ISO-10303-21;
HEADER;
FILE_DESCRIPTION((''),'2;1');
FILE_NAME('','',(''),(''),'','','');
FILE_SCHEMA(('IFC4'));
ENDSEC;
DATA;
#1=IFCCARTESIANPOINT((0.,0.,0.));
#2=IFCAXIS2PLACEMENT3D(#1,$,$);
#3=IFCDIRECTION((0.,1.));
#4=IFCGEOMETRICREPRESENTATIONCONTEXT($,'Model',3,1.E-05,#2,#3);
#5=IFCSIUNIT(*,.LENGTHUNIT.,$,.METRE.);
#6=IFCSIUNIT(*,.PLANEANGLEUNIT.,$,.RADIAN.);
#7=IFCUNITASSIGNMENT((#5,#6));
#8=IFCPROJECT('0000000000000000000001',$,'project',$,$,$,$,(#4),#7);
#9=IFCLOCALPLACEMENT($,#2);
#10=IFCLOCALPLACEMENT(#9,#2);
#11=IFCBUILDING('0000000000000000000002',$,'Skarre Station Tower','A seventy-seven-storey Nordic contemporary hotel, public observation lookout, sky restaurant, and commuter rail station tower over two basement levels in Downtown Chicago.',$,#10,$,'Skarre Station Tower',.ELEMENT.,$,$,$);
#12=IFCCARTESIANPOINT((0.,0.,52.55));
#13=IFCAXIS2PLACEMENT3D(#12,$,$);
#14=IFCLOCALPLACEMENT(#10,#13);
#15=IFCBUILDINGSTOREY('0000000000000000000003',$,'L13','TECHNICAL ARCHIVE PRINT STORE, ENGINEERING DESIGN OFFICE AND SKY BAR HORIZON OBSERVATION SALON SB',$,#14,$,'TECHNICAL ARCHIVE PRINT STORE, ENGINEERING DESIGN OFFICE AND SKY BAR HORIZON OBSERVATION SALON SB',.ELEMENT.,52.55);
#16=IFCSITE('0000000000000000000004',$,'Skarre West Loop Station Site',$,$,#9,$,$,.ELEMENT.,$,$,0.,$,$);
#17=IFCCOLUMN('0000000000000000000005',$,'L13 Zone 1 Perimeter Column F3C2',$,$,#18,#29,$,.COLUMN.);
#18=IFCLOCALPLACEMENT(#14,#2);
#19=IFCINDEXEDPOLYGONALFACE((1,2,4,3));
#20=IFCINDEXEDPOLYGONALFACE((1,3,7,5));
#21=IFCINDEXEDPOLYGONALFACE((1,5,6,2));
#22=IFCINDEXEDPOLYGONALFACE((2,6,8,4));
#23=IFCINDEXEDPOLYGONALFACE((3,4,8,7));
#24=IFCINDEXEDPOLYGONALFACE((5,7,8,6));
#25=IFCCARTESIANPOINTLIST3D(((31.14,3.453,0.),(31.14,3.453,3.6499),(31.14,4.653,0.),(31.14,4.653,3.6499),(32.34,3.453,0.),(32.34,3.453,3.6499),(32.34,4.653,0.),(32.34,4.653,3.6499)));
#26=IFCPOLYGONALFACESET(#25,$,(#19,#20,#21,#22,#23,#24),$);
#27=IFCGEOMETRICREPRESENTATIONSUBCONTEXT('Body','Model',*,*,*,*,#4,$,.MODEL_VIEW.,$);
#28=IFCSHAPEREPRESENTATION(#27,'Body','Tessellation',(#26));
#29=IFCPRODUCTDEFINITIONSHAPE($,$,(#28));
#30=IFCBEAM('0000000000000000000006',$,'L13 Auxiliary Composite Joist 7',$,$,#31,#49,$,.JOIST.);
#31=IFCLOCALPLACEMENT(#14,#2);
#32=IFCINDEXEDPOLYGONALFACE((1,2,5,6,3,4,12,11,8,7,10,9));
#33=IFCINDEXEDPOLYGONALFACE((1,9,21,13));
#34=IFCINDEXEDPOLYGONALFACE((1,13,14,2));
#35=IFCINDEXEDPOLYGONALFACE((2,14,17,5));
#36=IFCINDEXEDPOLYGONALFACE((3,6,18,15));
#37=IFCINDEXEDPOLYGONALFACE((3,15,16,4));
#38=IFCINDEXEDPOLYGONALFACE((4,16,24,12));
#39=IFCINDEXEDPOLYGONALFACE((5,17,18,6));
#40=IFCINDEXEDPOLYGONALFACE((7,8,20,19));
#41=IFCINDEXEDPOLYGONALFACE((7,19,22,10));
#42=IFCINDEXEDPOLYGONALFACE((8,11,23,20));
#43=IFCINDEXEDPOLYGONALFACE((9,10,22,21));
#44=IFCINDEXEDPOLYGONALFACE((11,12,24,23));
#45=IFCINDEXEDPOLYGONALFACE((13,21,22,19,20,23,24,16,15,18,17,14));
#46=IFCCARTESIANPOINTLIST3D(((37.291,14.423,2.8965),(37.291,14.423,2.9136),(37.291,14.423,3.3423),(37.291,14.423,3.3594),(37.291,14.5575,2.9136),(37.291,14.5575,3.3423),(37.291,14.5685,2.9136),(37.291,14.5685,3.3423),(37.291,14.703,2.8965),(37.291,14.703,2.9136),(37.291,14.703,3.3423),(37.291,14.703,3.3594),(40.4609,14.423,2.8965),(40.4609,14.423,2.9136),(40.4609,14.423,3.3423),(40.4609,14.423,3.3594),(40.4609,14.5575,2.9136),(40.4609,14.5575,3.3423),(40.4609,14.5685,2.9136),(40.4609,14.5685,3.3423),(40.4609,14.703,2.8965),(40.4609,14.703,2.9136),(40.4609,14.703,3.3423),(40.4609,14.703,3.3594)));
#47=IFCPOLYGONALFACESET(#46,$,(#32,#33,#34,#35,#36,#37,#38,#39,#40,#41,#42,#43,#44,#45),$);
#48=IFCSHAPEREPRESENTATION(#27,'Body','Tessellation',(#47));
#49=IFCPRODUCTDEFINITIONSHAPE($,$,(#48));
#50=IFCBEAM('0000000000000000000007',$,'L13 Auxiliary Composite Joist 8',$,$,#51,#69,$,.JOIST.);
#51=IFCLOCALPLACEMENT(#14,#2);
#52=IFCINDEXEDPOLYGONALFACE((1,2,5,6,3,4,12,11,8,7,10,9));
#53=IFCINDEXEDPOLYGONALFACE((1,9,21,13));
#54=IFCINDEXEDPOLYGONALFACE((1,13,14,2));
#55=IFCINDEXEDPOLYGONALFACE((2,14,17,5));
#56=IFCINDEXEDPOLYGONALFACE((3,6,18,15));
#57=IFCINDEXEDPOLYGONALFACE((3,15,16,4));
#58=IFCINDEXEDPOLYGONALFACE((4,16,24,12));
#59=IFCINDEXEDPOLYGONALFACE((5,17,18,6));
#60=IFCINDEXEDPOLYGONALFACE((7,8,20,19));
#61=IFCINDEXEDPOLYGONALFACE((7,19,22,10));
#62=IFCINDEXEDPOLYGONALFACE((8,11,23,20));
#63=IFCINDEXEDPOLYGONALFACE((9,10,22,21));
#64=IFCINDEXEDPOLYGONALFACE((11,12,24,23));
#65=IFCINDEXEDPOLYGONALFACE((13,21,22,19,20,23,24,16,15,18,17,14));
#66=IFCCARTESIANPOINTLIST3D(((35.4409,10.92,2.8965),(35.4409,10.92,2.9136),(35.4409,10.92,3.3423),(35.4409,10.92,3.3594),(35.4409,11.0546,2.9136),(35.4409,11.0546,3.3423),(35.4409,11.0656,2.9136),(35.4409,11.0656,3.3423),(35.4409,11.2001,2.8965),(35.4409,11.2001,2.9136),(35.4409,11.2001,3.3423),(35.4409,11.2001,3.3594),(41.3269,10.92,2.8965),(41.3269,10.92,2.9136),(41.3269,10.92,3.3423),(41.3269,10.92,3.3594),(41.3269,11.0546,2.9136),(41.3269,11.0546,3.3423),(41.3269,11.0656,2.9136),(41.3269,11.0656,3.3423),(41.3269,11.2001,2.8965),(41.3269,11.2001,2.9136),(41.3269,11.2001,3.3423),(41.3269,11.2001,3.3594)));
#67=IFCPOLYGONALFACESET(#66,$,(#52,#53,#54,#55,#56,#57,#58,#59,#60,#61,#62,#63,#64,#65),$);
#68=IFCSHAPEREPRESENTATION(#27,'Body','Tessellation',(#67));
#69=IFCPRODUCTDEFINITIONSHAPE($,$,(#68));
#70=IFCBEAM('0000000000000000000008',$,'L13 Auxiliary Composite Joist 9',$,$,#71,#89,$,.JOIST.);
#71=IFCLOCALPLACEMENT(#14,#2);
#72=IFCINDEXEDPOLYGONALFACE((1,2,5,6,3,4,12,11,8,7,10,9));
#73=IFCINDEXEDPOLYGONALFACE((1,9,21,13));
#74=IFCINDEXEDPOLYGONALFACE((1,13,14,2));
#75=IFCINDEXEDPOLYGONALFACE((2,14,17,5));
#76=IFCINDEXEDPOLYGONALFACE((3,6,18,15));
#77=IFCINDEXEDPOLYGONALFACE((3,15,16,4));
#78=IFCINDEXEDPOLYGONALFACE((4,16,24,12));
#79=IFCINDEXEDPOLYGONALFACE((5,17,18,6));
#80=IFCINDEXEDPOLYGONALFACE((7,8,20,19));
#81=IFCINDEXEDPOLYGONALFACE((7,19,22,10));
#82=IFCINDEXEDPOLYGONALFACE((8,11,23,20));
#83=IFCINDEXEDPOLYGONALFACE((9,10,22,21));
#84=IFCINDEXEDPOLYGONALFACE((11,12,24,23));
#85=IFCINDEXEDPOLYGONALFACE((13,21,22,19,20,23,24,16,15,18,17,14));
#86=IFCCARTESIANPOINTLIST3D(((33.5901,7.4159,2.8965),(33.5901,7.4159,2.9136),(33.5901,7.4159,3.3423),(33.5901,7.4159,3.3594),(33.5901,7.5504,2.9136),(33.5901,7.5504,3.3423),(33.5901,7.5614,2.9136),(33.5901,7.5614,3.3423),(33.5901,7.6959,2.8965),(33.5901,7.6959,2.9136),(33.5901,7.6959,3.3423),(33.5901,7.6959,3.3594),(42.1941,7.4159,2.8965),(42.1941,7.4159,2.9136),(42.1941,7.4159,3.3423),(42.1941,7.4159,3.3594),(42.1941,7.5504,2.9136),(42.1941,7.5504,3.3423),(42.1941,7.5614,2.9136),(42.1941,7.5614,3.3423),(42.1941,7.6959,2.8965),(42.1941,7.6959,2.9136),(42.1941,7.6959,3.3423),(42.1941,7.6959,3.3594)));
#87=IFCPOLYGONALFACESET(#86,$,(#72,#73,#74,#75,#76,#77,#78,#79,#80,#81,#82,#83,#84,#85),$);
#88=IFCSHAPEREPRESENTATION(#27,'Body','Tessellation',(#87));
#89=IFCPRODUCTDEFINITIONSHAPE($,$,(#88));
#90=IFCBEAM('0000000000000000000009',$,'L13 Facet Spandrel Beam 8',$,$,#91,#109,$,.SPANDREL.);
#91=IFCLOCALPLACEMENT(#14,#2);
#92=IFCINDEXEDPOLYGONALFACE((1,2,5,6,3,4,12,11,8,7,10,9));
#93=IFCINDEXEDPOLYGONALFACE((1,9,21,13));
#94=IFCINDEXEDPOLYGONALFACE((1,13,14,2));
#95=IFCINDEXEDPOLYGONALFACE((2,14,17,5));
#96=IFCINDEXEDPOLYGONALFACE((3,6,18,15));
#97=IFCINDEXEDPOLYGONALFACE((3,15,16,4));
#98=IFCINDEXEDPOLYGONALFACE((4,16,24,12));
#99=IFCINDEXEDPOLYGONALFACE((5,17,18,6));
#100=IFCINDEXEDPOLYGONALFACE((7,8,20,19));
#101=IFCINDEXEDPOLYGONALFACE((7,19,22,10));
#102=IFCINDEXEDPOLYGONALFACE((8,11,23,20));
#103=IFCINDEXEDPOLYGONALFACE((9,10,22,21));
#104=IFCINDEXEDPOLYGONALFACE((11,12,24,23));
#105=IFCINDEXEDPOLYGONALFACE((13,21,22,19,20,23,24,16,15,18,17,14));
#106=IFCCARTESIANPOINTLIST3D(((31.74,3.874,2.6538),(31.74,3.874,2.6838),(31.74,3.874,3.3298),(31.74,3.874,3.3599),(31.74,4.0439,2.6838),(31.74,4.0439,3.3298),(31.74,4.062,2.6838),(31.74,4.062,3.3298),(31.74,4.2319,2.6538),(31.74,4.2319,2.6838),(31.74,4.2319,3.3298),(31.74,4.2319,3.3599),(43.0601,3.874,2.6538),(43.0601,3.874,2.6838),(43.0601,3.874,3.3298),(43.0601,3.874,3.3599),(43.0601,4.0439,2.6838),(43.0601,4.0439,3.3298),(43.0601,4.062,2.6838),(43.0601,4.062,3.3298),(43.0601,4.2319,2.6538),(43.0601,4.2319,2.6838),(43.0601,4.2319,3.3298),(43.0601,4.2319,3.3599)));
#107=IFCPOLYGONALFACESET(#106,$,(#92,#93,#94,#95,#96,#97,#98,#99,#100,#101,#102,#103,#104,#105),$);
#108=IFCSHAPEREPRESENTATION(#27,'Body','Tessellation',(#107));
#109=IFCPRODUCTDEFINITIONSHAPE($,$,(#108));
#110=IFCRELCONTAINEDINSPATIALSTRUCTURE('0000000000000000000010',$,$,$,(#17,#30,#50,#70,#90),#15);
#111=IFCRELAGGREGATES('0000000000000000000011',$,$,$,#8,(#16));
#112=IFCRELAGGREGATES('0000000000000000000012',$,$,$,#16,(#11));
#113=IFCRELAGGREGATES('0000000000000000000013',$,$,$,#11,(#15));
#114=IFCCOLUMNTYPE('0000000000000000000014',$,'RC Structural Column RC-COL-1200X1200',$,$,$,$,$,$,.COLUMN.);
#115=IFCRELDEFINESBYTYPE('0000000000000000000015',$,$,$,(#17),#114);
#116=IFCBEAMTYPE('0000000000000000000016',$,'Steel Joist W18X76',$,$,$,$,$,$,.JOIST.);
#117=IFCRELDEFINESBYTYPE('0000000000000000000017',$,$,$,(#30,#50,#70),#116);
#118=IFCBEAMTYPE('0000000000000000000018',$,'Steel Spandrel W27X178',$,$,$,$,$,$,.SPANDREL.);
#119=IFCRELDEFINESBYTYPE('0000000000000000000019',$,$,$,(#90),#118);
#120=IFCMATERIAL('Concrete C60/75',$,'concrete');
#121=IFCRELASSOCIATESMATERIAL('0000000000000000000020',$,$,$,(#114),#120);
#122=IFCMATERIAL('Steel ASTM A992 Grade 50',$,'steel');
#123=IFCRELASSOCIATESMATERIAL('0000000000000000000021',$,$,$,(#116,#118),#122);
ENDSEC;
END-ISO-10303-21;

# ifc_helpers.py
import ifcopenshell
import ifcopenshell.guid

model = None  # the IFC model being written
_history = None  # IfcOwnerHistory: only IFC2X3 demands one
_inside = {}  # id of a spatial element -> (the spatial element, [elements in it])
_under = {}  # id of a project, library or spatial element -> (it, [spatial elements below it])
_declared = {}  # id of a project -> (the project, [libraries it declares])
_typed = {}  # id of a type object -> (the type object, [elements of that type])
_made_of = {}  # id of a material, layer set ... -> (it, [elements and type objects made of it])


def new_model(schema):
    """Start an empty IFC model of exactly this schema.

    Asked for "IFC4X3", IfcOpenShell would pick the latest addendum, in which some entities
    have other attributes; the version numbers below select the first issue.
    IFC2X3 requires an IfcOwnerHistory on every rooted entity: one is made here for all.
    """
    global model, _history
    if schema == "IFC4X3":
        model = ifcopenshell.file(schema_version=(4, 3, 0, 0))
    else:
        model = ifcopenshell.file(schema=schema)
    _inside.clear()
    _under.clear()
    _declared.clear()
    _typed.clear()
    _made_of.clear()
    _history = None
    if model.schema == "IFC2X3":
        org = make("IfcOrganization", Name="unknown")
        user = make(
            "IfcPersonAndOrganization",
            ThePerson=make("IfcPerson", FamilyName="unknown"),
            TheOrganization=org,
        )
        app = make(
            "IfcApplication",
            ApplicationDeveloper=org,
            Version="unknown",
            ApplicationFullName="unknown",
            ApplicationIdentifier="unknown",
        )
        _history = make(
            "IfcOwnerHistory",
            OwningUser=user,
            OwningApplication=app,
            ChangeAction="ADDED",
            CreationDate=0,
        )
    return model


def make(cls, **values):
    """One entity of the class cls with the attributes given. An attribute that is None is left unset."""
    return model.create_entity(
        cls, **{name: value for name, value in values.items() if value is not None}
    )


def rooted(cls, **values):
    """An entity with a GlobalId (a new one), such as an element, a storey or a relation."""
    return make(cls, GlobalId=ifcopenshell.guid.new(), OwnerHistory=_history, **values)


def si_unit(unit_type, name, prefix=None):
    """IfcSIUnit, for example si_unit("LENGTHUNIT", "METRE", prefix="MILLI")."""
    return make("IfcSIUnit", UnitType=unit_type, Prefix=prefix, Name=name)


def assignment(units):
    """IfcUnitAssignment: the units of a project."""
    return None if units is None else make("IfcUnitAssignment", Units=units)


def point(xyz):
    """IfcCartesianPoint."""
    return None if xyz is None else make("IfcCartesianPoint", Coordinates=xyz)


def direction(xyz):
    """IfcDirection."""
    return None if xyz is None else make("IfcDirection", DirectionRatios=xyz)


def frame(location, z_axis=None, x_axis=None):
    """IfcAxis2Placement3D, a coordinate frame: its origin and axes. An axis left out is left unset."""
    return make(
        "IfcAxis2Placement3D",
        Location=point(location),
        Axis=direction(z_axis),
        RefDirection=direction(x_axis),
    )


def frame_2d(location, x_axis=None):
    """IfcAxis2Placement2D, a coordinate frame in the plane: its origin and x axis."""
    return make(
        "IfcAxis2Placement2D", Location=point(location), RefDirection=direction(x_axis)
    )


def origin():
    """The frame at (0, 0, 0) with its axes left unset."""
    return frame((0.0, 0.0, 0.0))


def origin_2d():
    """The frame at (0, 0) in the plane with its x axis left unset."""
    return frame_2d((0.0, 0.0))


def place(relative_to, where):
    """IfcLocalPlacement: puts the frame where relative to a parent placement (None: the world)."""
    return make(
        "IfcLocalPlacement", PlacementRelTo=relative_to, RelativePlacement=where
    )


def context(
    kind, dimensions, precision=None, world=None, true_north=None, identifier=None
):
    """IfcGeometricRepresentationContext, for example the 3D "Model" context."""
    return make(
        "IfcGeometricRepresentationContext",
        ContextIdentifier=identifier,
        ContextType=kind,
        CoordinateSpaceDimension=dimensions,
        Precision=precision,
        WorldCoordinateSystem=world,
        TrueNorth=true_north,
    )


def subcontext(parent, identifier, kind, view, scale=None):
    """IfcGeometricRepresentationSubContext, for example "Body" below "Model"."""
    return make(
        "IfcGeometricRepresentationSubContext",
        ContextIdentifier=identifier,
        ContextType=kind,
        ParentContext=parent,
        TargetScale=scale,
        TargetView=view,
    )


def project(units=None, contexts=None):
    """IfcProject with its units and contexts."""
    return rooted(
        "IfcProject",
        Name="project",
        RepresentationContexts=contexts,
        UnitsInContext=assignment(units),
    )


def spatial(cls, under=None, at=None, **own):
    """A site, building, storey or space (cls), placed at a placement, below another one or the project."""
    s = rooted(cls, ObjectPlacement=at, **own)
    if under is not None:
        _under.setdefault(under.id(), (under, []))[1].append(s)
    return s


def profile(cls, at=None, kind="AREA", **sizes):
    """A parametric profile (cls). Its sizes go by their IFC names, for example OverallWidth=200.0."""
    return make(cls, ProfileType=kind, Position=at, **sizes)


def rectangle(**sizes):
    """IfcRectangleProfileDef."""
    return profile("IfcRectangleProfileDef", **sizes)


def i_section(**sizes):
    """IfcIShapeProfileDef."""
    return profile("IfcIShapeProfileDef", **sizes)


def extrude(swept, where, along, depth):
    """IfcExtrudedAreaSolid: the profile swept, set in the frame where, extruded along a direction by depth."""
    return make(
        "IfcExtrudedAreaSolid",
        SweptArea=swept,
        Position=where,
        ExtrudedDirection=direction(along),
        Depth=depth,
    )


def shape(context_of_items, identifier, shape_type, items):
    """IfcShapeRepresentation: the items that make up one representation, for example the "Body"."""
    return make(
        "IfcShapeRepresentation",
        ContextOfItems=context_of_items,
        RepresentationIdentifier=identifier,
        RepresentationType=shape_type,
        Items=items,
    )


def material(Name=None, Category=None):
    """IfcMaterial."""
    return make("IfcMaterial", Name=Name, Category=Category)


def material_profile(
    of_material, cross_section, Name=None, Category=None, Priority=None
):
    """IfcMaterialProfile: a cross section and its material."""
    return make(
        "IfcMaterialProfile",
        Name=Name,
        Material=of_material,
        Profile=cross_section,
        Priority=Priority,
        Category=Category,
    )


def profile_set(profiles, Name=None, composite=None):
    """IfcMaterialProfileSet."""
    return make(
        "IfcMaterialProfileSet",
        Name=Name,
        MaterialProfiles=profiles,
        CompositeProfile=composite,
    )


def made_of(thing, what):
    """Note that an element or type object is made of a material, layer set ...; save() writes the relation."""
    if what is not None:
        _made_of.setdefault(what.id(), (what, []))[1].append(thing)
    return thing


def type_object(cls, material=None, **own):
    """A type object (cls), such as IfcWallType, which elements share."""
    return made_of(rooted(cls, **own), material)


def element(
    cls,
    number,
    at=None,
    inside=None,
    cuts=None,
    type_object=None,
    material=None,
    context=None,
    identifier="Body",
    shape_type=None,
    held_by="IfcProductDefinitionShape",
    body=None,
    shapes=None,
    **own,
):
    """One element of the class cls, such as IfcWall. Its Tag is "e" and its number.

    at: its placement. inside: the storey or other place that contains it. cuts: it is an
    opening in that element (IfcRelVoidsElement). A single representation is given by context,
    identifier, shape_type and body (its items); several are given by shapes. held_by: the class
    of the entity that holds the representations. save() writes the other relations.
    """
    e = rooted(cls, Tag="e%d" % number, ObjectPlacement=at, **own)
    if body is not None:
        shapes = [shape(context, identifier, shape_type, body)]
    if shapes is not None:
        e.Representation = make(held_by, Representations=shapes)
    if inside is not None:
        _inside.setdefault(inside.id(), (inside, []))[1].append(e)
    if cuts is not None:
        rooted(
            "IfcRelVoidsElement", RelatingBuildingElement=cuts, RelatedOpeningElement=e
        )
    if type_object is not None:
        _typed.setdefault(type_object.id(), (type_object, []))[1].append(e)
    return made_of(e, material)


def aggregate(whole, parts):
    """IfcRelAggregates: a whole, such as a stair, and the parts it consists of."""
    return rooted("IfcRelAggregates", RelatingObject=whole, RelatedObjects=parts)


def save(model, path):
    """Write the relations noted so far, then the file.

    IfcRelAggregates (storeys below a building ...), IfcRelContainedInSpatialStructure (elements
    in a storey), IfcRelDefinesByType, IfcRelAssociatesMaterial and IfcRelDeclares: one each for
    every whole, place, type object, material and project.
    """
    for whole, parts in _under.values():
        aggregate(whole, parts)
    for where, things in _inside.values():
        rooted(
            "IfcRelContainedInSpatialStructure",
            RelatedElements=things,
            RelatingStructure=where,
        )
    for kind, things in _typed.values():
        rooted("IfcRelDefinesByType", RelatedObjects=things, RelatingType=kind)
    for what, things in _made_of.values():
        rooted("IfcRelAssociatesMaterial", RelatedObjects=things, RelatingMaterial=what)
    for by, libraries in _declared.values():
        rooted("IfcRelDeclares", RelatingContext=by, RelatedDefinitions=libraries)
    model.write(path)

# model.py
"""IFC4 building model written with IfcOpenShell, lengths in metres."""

from ifc_helpers import new_model, si_unit, direction, frame, origin, origin_2d, place, context, subcontext, project, spatial, rectangle, i_section, extrude, material, material_profile, profile_set, type_object, element, save


model = new_model("IFC4")

# Units and contexts
model_context = context("Model", 3, precision=1e-05, world=origin(), true_north=direction((0.0, 1.0)))
body_context = subcontext(model_context, "Body", "Model", "MODEL_VIEW")
ifc_project = project(units=[si_unit("LENGTHUNIT", "METRE"), si_unit("PLANEANGLEUNIT", "RADIAN")], contexts=[model_context])

# Site, building, storey
site_placement = place(None, origin())
site = spatial("IfcSite", under=ifc_project, at=site_placement, Name="Skarre West Loop Station Site", CompositionType="ELEMENT", RefElevation=0.0)
building_placement = place(site_placement, origin())
building = spatial("IfcBuilding", under=site, at=building_placement, Name="Skarre Station Tower", Description="A seventy-seven-storey Nordic contemporary hotel, public observation lookout, sky restaurant, and commuter rail station tower over two basement levels in Downtown Chicago.", LongName="Skarre Station Tower", CompositionType="ELEMENT")
storey_placement = place(building_placement, frame((0.0, 0.0, 52.55)))
storey = spatial("IfcBuildingStorey", under=building, at=storey_placement, Name="L13", Description="TECHNICAL ARCHIVE PRINT STORE, ENGINEERING DESIGN OFFICE AND SKY BAR HORIZON OBSERVATION SALON SB", LongName="TECHNICAL ARCHIVE PRINT STORE, ENGINEERING DESIGN OFFICE AND SKY BAR HORIZON OBSERVATION SALON SB", CompositionType="ELEMENT", Elevation=52.55)

# Column
ifc_material_1 = material(Name="Concrete C60/75", Category="concrete")
ifc_material_profile_1 = material_profile(ifc_material_1, rectangle(XDim=1.2, YDim=1.2, at=origin_2d()), Name="Concrete C60/75")
ifc_profile_set_1 = profile_set([ifc_material_profile_1], Name="Concrete C60/75")
column_type = type_object("IfcColumnType", Name="RC Structural Column RC-COL-1200X1200", PredefinedType="COLUMN", material=ifc_profile_set_1)
column_placement = place(storey_placement, frame((31.74, 4.053, 0.0), z_axis=(0.0, 0.0, 1.0), x_axis=(1.0, 0.0, 0.0)))
element("IfcColumn", 1, at=column_placement, inside=storey, type_object=column_type, Name="L13 Zone 1 Perimeter Column F3C2", PredefinedType="COLUMN", context=body_context, shape_type="SweptSolid", body=[
    extrude(rectangle(XDim=1.2, YDim=1.2, at=origin_2d()), origin(), (0.0, 0.0, 1.0), 3.6499),
])

# Beams
ifc_material_2 = material(Name="Steel ASTM A992 Grade 50", Category="steel")
ifc_material_profile_2 = material_profile(ifc_material_2, i_section(OverallWidth=0.28, OverallDepth=0.4629, WebThickness=0.011, FlangeThickness=0.0171, at=origin_2d()), Name="Steel ASTM A992 Grade 50")
ifc_profile_set_2 = profile_set([ifc_material_profile_2], Name="Steel ASTM A992 Grade 50")
beam_type_1 = type_object("IfcBeamType", Name="Steel Joist W18X76", PredefinedType="JOIST", material=ifc_profile_set_2)
beam_1_placement = place(storey_placement, frame((37.291, 14.563, 3.1279), z_axis=(1.0, 0.0, 0.0), x_axis=(0.0, 1.0, 0.0)))
element("IfcBeam", 2, at=beam_1_placement, inside=storey, type_object=beam_type_1, Name="L13 Auxiliary Composite Joist 7", PredefinedType="JOIST", context=body_context, shape_type="SweptSolid", body=[
    extrude(i_section(OverallWidth=0.28, OverallDepth=0.4629, WebThickness=0.011, FlangeThickness=0.0171, at=origin_2d()), origin(), (0.0, 0.0, 1.0), 3.1699),
])
beam_2_placement = place(storey_placement, frame((35.4409, 11.0601, 3.1279), z_axis=(1.0, 0.0, 0.0), x_axis=(0.0, 1.0, 0.0)))
element("IfcBeam", 3, at=beam_2_placement, inside=storey, type_object=beam_type_1, Name="L13 Auxiliary Composite Joist 8", PredefinedType="JOIST", context=body_context, shape_type="SweptSolid", body=[
    extrude(i_section(OverallWidth=0.28, OverallDepth=0.4629, WebThickness=0.011, FlangeThickness=0.0171, at=origin_2d()), origin(), (0.0, 0.0, 1.0), 5.886),
])
beam_3_placement = place(storey_placement, frame((33.5901, 7.5559, 3.1279), z_axis=(1.0, 0.0, 0.0), x_axis=(0.0, 1.0, 0.0)))
element("IfcBeam", 4, at=beam_3_placement, inside=storey, type_object=beam_type_1, Name="L13 Auxiliary Composite Joist 9", PredefinedType="JOIST", context=body_context, shape_type="SweptSolid", body=[
    extrude(i_section(OverallWidth=0.28, OverallDepth=0.4629, WebThickness=0.011, FlangeThickness=0.0171, at=origin_2d()), origin(), (0.0, 0.0, 1.0), 8.604),
])
ifc_material_profile_3 = material_profile(ifc_material_2, i_section(OverallWidth=0.3579, OverallDepth=0.7061, WebThickness=0.0181, FlangeThickness=0.03, at=origin_2d()), Name="Steel ASTM A992 Grade 50")
ifc_profile_set_3 = profile_set([ifc_material_profile_3], Name="Steel ASTM A992 Grade 50")
beam_type_2 = type_object("IfcBeamType", Name="Steel Spandrel W27X178", PredefinedType="SPANDREL", material=ifc_profile_set_3)
beam_4_placement = place(storey_placement, frame((31.74, 4.053, 3.0068), z_axis=(1.0, 0.0, 0.0), x_axis=(0.0, 1.0, 0.0)))
element("IfcBeam", 5, at=beam_4_placement, inside=storey, type_object=beam_type_2, Name="L13 Facet Spandrel Beam 8", PredefinedType="SPANDREL", context=body_context, shape_type="SweptSolid", body=[
    extrude(i_section(OverallWidth=0.3579, OverallDepth=0.7061, WebThickness=0.0181, FlangeThickness=0.03, at=origin_2d()), origin(), (0.0, 0.0, 1.0), 11.3201),
])

save(model, "model.ifc")
